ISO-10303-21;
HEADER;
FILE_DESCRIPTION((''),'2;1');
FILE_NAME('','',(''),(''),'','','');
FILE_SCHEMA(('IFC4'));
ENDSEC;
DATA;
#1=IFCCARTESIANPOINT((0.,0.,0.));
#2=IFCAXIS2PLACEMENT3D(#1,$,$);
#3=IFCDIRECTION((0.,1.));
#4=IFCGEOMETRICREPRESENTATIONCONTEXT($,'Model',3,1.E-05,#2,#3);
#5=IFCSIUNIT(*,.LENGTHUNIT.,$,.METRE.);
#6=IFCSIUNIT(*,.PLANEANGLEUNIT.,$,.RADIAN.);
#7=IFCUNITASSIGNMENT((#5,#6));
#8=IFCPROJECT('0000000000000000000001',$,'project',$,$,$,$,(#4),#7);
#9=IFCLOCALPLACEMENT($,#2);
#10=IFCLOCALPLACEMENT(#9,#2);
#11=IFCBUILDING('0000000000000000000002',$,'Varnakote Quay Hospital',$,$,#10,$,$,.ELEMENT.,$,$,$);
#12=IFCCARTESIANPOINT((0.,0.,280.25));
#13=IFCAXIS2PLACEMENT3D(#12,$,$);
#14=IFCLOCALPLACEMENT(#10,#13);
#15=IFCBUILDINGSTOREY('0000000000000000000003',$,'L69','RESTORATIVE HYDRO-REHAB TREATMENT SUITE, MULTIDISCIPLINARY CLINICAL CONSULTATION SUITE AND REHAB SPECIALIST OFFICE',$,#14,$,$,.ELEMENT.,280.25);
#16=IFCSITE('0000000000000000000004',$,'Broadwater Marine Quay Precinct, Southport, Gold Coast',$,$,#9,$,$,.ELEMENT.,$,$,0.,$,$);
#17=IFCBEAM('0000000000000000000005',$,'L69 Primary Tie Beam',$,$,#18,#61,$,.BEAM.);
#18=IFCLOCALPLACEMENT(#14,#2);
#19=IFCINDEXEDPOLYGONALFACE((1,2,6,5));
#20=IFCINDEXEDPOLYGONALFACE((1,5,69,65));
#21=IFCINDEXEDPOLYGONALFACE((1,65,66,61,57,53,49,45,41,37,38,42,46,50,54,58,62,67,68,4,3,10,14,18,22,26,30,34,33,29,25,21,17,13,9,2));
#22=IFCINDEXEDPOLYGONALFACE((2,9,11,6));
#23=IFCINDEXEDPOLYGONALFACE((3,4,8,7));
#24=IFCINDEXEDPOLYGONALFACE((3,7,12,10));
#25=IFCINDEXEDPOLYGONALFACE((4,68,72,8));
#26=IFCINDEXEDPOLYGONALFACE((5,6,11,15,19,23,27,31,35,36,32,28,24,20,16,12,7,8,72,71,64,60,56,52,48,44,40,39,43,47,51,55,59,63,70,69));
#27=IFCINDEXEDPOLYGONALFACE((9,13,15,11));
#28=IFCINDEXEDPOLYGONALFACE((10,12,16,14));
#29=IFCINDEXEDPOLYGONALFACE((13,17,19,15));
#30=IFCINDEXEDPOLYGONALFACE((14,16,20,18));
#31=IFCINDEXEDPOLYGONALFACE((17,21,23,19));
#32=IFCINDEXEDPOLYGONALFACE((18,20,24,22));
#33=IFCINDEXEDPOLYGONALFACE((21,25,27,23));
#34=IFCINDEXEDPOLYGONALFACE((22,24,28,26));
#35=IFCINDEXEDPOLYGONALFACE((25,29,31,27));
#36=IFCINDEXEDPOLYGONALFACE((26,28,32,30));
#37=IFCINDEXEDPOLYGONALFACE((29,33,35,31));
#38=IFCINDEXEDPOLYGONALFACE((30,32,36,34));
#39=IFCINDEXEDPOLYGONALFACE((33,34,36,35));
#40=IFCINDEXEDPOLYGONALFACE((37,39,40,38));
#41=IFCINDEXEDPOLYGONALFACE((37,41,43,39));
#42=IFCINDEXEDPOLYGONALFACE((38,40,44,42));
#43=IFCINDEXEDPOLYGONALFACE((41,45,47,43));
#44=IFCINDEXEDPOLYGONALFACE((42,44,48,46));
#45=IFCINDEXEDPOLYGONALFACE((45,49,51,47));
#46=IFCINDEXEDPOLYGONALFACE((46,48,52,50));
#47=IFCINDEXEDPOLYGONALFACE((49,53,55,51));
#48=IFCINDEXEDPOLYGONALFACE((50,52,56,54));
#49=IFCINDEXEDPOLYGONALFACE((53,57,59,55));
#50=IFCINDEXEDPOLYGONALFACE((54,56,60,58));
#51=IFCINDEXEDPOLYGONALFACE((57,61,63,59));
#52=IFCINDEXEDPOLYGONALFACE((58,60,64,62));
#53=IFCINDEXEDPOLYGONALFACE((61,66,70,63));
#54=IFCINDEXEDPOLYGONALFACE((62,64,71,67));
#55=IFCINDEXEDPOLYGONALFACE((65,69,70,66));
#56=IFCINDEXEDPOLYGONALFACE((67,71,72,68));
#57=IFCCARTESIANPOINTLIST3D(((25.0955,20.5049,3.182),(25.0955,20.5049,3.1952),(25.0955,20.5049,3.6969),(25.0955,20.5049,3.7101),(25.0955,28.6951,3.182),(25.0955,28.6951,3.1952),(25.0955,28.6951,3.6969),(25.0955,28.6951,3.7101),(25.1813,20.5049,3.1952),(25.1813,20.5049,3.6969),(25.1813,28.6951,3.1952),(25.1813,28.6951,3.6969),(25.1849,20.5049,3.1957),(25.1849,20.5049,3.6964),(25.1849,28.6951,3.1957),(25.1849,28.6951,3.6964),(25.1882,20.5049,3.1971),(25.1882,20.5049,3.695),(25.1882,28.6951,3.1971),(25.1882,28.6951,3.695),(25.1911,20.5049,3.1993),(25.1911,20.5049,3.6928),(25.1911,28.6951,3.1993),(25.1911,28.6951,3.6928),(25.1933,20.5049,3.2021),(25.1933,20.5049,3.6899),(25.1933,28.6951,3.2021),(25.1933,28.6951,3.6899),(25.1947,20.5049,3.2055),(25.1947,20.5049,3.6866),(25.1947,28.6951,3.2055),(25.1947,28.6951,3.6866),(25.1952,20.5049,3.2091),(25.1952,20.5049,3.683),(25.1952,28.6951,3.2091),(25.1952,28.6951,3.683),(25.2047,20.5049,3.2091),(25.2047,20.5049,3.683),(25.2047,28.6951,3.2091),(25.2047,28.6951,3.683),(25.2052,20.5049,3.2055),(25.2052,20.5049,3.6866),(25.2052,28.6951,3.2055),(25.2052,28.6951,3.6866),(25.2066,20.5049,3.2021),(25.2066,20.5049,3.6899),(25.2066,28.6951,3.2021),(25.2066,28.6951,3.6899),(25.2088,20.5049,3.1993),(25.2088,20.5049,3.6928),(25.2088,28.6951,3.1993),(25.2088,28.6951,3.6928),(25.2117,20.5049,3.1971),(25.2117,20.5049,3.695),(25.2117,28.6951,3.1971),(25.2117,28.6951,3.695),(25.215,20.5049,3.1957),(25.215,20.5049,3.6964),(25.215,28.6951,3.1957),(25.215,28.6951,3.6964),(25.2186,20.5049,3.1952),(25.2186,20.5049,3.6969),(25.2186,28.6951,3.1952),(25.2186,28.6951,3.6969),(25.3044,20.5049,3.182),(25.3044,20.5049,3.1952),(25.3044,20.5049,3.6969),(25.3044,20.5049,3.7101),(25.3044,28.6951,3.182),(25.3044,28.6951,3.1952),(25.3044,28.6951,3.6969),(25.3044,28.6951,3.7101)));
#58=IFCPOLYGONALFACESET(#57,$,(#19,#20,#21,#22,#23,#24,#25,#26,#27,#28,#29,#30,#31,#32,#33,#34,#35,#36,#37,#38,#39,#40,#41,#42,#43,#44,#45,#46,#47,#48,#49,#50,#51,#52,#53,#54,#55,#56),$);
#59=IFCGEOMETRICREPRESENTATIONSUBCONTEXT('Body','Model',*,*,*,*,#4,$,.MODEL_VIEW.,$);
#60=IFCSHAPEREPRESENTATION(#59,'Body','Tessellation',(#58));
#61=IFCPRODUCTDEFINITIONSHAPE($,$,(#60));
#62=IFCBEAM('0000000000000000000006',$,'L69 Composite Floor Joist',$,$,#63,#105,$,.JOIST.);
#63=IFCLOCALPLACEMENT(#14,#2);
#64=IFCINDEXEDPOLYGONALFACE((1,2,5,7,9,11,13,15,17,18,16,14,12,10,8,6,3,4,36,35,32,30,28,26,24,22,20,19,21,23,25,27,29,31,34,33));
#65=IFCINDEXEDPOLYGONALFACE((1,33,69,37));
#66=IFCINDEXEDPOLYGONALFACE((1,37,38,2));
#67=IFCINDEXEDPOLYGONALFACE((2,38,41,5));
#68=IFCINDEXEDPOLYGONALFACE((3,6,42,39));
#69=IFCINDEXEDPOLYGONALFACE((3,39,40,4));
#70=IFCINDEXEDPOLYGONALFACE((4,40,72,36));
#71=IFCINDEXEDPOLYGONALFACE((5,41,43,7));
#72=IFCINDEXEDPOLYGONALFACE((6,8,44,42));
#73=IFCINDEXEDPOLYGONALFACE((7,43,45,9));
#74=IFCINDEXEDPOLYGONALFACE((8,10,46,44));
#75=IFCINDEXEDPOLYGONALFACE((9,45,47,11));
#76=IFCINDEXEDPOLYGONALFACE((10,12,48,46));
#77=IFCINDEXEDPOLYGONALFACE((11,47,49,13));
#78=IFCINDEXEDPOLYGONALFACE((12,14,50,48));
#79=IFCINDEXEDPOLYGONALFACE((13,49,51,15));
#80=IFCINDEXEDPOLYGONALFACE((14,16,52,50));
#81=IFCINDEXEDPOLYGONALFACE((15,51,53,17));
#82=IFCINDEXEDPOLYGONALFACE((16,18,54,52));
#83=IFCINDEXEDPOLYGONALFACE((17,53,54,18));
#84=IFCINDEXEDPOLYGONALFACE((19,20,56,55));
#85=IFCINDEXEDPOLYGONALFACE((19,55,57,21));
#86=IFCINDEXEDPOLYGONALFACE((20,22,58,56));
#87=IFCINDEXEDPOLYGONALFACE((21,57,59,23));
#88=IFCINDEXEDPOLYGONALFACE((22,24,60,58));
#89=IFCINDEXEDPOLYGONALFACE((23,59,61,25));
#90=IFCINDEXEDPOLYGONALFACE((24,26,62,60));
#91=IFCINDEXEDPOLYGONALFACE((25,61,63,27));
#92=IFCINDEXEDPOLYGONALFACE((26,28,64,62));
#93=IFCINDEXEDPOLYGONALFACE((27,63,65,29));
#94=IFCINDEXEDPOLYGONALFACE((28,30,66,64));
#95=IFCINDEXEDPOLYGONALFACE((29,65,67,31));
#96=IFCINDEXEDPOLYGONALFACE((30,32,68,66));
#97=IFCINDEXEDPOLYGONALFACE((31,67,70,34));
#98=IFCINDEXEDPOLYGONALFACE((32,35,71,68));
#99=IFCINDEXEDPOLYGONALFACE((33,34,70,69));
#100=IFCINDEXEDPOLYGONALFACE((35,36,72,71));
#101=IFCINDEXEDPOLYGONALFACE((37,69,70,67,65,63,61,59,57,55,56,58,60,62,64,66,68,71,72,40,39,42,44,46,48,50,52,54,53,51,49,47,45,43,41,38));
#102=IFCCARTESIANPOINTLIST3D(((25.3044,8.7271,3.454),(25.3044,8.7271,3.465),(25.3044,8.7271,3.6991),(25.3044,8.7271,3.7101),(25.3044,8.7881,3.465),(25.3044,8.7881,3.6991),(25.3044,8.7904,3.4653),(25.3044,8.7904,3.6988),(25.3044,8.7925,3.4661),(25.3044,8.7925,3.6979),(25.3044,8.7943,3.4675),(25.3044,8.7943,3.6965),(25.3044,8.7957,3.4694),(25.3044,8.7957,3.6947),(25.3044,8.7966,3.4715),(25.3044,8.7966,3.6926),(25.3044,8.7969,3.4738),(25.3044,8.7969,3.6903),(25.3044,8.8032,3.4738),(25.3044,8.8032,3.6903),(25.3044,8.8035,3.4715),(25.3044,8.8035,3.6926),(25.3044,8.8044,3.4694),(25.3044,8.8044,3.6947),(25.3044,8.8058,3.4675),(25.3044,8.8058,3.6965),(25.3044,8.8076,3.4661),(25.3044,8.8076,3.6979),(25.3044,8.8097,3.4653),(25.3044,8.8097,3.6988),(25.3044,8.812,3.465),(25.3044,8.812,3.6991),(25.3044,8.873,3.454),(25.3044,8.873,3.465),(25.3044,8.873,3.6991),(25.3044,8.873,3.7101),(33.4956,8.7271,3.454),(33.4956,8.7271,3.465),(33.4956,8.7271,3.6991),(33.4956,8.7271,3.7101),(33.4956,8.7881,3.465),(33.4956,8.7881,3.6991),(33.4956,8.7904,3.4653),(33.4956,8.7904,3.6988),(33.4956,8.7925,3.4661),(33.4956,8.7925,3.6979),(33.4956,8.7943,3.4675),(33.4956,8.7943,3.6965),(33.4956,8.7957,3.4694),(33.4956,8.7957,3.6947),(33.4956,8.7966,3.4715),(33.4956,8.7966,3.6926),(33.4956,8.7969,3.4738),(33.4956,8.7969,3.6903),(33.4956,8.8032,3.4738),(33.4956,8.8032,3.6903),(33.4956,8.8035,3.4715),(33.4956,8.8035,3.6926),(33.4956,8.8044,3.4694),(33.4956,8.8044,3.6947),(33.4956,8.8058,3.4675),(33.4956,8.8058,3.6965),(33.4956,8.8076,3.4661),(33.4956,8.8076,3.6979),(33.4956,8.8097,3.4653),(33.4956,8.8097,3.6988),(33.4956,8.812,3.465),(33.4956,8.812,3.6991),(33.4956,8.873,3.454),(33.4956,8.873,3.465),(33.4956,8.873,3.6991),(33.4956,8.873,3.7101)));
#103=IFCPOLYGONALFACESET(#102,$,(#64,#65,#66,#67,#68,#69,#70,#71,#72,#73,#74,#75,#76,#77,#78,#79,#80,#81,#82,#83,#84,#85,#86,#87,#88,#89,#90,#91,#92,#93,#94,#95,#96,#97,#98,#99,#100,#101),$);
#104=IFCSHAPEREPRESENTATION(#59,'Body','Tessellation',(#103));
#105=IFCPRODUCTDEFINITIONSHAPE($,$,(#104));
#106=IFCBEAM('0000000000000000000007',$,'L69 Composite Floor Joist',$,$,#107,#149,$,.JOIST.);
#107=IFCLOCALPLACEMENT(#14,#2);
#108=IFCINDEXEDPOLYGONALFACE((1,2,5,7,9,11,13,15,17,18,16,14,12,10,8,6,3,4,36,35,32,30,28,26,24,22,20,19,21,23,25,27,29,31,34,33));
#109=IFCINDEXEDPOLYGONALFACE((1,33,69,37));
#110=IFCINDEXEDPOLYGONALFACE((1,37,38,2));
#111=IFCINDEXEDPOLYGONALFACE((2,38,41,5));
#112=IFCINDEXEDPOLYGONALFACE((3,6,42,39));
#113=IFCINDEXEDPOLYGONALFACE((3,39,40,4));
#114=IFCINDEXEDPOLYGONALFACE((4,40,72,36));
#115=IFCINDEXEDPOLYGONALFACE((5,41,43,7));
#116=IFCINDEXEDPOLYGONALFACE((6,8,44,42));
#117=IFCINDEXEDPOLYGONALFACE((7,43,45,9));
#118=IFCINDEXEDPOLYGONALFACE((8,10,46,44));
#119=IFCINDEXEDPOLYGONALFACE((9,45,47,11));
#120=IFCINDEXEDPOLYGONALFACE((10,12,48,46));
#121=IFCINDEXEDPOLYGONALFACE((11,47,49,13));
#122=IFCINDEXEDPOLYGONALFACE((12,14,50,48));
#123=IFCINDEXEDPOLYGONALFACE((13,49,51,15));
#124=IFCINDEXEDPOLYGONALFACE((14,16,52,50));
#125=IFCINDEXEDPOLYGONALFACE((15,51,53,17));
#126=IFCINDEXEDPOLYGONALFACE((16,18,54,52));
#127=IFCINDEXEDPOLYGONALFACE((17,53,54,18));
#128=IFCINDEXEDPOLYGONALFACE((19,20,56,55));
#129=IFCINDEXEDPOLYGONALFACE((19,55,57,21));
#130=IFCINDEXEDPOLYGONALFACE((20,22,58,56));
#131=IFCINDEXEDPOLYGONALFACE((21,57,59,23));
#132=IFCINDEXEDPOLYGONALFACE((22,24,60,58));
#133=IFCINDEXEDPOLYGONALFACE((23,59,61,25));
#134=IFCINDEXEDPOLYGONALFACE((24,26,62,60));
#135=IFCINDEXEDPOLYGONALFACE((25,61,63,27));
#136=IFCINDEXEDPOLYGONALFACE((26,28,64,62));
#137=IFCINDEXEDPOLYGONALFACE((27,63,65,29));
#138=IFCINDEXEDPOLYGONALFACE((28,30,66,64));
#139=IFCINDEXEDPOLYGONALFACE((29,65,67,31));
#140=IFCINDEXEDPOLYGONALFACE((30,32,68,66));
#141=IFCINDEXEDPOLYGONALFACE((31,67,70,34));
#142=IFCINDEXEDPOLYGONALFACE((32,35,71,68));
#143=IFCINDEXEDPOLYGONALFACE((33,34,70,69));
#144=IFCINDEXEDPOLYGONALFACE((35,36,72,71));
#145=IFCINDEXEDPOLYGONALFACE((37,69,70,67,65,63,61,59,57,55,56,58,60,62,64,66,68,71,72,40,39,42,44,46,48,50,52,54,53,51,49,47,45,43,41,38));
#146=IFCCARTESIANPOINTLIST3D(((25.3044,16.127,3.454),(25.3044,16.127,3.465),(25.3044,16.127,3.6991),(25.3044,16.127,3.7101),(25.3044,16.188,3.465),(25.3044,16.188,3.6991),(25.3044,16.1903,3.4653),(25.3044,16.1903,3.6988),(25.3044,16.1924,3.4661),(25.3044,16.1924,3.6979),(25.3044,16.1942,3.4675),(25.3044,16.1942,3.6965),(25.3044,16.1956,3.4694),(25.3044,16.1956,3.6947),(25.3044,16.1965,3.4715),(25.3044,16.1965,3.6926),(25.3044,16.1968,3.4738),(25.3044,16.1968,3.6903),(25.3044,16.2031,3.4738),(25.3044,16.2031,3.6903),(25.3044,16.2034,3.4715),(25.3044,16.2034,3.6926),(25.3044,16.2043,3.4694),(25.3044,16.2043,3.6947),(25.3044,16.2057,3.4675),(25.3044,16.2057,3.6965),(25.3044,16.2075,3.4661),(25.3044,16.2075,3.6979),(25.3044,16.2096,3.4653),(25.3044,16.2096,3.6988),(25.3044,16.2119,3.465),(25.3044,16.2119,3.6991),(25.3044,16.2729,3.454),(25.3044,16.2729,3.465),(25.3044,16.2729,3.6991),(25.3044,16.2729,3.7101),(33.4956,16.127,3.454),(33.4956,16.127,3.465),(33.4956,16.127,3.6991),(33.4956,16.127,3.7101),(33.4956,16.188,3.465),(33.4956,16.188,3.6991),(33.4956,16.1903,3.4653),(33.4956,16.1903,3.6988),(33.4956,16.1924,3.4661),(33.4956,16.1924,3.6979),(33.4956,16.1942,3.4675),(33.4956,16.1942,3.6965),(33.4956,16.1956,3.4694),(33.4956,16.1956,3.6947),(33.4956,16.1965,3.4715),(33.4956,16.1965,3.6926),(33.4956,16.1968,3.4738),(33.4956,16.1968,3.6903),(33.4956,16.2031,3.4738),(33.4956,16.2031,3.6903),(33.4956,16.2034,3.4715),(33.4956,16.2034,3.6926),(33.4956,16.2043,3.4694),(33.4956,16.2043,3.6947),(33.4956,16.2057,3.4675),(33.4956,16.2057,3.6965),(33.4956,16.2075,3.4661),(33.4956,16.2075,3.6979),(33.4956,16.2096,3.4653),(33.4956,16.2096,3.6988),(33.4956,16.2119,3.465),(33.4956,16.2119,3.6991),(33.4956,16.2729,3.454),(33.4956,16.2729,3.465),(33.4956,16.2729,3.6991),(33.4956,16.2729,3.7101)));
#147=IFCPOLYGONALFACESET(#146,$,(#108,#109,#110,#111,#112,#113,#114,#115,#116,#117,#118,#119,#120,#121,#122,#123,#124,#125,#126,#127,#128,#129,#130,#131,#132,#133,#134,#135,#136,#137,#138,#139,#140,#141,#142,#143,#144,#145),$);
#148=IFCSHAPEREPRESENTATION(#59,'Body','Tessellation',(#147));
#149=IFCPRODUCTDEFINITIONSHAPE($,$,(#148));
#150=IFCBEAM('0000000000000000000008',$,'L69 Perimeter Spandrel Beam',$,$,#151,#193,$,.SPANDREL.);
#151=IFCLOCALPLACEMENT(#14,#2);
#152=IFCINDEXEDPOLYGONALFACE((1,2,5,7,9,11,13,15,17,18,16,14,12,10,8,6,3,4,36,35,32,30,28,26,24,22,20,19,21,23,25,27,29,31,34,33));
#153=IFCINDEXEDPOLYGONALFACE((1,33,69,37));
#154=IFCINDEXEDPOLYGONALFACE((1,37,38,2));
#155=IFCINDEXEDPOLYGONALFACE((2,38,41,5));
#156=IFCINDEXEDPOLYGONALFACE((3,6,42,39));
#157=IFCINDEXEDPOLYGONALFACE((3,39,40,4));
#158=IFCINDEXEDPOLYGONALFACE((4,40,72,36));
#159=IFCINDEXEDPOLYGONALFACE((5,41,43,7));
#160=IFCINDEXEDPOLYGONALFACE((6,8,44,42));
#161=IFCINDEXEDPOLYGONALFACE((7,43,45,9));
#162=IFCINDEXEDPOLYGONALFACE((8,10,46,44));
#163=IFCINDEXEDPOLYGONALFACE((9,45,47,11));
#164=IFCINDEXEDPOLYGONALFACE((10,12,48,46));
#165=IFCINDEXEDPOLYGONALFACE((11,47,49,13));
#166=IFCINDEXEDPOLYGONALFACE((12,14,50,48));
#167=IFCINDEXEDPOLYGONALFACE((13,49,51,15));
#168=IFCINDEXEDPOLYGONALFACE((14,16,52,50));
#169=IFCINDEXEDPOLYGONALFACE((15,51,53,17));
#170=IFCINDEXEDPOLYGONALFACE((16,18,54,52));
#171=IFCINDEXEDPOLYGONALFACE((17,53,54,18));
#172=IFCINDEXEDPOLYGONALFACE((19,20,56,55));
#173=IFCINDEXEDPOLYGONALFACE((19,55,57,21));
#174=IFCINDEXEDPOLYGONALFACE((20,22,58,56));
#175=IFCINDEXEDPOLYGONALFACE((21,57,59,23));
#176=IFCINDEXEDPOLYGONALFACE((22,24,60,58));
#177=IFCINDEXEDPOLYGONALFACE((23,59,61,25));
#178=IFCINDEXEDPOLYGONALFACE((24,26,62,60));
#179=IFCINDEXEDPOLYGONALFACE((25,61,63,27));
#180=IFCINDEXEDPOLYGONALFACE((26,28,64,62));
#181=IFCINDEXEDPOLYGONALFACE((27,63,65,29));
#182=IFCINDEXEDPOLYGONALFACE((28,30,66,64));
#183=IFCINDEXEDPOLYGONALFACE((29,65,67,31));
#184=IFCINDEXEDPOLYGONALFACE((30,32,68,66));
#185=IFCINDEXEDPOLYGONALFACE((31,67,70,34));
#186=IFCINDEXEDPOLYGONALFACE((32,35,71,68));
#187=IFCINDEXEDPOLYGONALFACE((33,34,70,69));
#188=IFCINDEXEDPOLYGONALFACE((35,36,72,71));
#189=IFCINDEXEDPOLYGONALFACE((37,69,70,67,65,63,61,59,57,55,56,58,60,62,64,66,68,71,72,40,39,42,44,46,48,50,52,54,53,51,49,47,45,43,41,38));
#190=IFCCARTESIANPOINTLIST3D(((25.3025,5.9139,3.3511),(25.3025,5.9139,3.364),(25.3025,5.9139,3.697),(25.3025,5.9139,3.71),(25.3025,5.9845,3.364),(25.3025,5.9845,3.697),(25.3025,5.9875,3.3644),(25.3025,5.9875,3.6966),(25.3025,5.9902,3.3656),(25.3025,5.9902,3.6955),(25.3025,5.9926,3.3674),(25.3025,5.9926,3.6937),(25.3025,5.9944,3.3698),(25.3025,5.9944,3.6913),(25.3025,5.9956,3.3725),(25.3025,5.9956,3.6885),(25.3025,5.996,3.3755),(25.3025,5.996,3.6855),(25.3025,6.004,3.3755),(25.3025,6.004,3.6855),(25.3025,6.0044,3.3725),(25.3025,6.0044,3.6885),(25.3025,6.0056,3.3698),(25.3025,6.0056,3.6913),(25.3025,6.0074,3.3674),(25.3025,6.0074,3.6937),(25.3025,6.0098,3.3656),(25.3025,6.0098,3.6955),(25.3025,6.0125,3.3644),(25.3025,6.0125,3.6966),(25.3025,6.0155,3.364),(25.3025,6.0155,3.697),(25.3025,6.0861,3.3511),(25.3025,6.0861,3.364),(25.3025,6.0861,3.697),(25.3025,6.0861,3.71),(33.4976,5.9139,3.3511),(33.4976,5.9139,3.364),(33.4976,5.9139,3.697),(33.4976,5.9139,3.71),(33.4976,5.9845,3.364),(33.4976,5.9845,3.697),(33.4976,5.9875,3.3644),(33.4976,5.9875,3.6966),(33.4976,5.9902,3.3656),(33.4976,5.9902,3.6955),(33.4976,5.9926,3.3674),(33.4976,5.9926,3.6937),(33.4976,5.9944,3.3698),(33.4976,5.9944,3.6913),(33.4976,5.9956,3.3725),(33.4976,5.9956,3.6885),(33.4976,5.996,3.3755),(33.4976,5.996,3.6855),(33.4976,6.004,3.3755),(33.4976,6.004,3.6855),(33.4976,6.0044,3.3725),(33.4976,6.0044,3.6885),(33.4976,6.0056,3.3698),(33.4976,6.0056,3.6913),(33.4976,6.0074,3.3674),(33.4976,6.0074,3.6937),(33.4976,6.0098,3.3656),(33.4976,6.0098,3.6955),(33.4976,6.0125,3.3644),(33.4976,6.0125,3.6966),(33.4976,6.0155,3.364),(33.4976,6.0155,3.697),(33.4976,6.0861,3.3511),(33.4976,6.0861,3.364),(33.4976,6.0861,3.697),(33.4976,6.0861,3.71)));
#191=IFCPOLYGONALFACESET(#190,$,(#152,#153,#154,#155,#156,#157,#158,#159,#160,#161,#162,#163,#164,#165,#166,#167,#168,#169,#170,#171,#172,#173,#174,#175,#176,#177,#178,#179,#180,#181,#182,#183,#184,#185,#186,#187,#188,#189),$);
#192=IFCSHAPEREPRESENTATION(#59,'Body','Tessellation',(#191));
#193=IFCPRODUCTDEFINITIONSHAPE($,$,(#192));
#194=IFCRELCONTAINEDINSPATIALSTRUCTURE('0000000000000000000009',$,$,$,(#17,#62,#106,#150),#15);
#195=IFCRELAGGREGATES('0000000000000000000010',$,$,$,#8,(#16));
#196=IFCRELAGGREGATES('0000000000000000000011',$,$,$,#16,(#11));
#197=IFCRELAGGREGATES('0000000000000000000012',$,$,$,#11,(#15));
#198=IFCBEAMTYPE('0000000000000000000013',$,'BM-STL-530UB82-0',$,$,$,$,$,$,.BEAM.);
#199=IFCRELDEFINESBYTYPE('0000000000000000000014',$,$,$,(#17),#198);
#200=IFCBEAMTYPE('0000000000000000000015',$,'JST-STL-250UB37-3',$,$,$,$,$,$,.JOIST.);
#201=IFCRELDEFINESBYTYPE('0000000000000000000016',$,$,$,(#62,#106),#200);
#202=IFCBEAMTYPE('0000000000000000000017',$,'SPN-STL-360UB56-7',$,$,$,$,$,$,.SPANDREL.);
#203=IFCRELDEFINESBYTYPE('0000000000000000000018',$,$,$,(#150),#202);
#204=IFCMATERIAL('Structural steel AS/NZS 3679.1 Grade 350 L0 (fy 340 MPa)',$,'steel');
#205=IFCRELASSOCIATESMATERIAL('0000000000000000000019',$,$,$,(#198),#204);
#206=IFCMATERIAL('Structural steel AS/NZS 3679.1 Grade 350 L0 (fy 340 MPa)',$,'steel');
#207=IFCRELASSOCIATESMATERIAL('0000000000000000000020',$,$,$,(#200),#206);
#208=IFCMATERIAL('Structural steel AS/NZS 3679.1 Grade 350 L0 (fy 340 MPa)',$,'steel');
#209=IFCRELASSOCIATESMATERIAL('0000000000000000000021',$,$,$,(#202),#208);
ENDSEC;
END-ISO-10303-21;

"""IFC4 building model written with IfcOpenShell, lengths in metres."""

from ifc_helpers import new_model, si_unit, direction, frame, origin, origin_2d, place, context, subcontext, project, spatial, i_section, extrude, material, material_profile, profile_set, type_object, element, save


model = new_model("IFC4")

# Units and contexts
model_context = context("Model", 3, precision=1e-05, world=origin(), true_north=direction((0.0, 1.0)))
body_context = subcontext(model_context, "Body", "Model", "MODEL_VIEW")
ifc_project = project(units=[si_unit("LENGTHUNIT", "METRE"), si_unit("PLANEANGLEUNIT", "RADIAN")], contexts=[model_context])

# Site, building, storey
site_placement = place(None, origin())
site = spatial("IfcSite", under=ifc_project, at=site_placement, Name="Broadwater Marine Quay Precinct, Southport, Gold Coast", CompositionType="ELEMENT", RefElevation=0.0)
building_placement = place(site_placement, origin())
building = spatial("IfcBuilding", under=site, at=building_placement, Name="Varnakote Quay Hospital", CompositionType="ELEMENT")
storey_placement = place(building_placement, frame((0.0, 0.0, 280.25)))
storey = spatial("IfcBuildingStorey", under=building, at=storey_placement, Name="L69", Description="RESTORATIVE HYDRO-REHAB TREATMENT SUITE, MULTIDISCIPLINARY CLINICAL CONSULTATION SUITE AND REHAB SPECIALIST OFFICE", CompositionType="ELEMENT", Elevation=280.25)

# Beams
ifc_material_1 = material(Name="Structural steel AS/NZS 3679.1 Grade 350 L0 (fy 340 MPa)", Category="steel")
ifc_material_profile_1 = material_profile(ifc_material_1, i_section(OverallWidth=0.209, OverallDepth=0.5281, WebThickness=0.0095, FlangeThickness=0.0132, FilletRadius=0.0139, at=origin_2d()), Name="530UB82.0")
ifc_profile_set_1 = profile_set([ifc_material_profile_1], Name="Structural steel AS/NZS 3679.1 Grade 350 L0 (fy 340 MPa)")
beam_type_1 = type_object("IfcBeamType", Name="BM-STL-530UB82-0", PredefinedType="BEAM", material=ifc_profile_set_1)
beam_1_placement = place(storey_placement, frame((25.2, 20.5049, 3.446), z_axis=(0.0, 1.0, 0.0), x_axis=(-1.0, 0.0, 0.0)))
element("IfcBeam", 1, at=beam_1_placement, inside=storey, type_object=beam_type_1, Name="L69 Primary Tie Beam", PredefinedType="BEAM", context=body_context, shape_type="SweptSolid", body=[
    extrude(i_section(OverallWidth=0.209, OverallDepth=0.5281, WebThickness=0.0095, FlangeThickness=0.0132, FilletRadius=0.0139, at=origin_2d()), origin(), (0.0, 0.0, 1.0), 8.1902),
])
ifc_material_2 = material(Name="Structural steel AS/NZS 3679.1 Grade 350 L0 (fy 340 MPa)", Category="steel")
ifc_material_profile_2 = material_profile(ifc_material_2, i_section(OverallWidth=0.146, OverallDepth=0.2561, WebThickness=0.0063, FlangeThickness=0.011, FilletRadius=0.0088, at=origin_2d()), Name="250UB37.3")
ifc_profile_set_2 = profile_set([ifc_material_profile_2], Name="Structural steel AS/NZS 3679.1 Grade 350 L0 (fy 340 MPa)")
beam_type_2 = type_object("IfcBeamType", Name="JST-STL-250UB37-3", PredefinedType="JOIST", material=ifc_profile_set_2)
for number, where, z_axis, x_axis, name in (
    (2, (25.3044, 8.8, 3.582), (1.0, 0.0, 0.0), (0.0, 1.0, 0.0), "L69 Composite Floor Joist"),
    (3, (25.3044, 16.2, 3.582), (1.0, 0.0, 0.0), (0.0, 1.0, 0.0), "L69 Composite Floor Joist"),
):
    element("IfcBeam", number, at=place(storey_placement, frame(where, z_axis=z_axis, x_axis=x_axis)), inside=storey, type_object=beam_type_2, Name=name, PredefinedType="JOIST", context=body_context, shape_type="SweptSolid", body=[
        extrude(i_section(OverallWidth=0.146, OverallDepth=0.2561, WebThickness=0.0063, FlangeThickness=0.011, FilletRadius=0.0088, at=origin_2d()), origin(), (0.0, 0.0, 1.0), 8.1912),
    ])
ifc_material_3 = material(Name="Structural steel AS/NZS 3679.1 Grade 350 L0 (fy 340 MPa)", Category="steel")
ifc_material_profile_3 = material_profile(ifc_material_3, i_section(OverallWidth=0.1721, OverallDepth=0.3589, WebThickness=0.0081, FlangeThickness=0.0129, FilletRadius=0.0115, at=origin_2d()), Name="360UB56.7")
ifc_profile_set_3 = profile_set([ifc_material_profile_3], Name="Structural steel AS/NZS 3679.1 Grade 350 L0 (fy 340 MPa)")
beam_type_3 = type_object("IfcBeamType", Name="SPN-STL-360UB56-7", PredefinedType="SPANDREL", material=ifc_profile_set_3)
beam_2_placement = place(storey_placement, frame((25.3025, 6.0, 3.5305), z_axis=(1.0, 0.0, 0.0), x_axis=(0.0, 1.0, 0.0)))
element("IfcBeam", 4, at=beam_2_placement, inside=storey, type_object=beam_type_3, Name="L69 Perimeter Spandrel Beam", PredefinedType="SPANDREL", context=body_context, shape_type="SweptSolid", body=[
    extrude(i_section(OverallWidth=0.1721, OverallDepth=0.3589, WebThickness=0.0081, FlangeThickness=0.0129, FilletRadius=0.0115, at=origin_2d()), origin(), (0.0, 0.0, 1.0), 8.1951),
])

save(model, "model.ifc")
